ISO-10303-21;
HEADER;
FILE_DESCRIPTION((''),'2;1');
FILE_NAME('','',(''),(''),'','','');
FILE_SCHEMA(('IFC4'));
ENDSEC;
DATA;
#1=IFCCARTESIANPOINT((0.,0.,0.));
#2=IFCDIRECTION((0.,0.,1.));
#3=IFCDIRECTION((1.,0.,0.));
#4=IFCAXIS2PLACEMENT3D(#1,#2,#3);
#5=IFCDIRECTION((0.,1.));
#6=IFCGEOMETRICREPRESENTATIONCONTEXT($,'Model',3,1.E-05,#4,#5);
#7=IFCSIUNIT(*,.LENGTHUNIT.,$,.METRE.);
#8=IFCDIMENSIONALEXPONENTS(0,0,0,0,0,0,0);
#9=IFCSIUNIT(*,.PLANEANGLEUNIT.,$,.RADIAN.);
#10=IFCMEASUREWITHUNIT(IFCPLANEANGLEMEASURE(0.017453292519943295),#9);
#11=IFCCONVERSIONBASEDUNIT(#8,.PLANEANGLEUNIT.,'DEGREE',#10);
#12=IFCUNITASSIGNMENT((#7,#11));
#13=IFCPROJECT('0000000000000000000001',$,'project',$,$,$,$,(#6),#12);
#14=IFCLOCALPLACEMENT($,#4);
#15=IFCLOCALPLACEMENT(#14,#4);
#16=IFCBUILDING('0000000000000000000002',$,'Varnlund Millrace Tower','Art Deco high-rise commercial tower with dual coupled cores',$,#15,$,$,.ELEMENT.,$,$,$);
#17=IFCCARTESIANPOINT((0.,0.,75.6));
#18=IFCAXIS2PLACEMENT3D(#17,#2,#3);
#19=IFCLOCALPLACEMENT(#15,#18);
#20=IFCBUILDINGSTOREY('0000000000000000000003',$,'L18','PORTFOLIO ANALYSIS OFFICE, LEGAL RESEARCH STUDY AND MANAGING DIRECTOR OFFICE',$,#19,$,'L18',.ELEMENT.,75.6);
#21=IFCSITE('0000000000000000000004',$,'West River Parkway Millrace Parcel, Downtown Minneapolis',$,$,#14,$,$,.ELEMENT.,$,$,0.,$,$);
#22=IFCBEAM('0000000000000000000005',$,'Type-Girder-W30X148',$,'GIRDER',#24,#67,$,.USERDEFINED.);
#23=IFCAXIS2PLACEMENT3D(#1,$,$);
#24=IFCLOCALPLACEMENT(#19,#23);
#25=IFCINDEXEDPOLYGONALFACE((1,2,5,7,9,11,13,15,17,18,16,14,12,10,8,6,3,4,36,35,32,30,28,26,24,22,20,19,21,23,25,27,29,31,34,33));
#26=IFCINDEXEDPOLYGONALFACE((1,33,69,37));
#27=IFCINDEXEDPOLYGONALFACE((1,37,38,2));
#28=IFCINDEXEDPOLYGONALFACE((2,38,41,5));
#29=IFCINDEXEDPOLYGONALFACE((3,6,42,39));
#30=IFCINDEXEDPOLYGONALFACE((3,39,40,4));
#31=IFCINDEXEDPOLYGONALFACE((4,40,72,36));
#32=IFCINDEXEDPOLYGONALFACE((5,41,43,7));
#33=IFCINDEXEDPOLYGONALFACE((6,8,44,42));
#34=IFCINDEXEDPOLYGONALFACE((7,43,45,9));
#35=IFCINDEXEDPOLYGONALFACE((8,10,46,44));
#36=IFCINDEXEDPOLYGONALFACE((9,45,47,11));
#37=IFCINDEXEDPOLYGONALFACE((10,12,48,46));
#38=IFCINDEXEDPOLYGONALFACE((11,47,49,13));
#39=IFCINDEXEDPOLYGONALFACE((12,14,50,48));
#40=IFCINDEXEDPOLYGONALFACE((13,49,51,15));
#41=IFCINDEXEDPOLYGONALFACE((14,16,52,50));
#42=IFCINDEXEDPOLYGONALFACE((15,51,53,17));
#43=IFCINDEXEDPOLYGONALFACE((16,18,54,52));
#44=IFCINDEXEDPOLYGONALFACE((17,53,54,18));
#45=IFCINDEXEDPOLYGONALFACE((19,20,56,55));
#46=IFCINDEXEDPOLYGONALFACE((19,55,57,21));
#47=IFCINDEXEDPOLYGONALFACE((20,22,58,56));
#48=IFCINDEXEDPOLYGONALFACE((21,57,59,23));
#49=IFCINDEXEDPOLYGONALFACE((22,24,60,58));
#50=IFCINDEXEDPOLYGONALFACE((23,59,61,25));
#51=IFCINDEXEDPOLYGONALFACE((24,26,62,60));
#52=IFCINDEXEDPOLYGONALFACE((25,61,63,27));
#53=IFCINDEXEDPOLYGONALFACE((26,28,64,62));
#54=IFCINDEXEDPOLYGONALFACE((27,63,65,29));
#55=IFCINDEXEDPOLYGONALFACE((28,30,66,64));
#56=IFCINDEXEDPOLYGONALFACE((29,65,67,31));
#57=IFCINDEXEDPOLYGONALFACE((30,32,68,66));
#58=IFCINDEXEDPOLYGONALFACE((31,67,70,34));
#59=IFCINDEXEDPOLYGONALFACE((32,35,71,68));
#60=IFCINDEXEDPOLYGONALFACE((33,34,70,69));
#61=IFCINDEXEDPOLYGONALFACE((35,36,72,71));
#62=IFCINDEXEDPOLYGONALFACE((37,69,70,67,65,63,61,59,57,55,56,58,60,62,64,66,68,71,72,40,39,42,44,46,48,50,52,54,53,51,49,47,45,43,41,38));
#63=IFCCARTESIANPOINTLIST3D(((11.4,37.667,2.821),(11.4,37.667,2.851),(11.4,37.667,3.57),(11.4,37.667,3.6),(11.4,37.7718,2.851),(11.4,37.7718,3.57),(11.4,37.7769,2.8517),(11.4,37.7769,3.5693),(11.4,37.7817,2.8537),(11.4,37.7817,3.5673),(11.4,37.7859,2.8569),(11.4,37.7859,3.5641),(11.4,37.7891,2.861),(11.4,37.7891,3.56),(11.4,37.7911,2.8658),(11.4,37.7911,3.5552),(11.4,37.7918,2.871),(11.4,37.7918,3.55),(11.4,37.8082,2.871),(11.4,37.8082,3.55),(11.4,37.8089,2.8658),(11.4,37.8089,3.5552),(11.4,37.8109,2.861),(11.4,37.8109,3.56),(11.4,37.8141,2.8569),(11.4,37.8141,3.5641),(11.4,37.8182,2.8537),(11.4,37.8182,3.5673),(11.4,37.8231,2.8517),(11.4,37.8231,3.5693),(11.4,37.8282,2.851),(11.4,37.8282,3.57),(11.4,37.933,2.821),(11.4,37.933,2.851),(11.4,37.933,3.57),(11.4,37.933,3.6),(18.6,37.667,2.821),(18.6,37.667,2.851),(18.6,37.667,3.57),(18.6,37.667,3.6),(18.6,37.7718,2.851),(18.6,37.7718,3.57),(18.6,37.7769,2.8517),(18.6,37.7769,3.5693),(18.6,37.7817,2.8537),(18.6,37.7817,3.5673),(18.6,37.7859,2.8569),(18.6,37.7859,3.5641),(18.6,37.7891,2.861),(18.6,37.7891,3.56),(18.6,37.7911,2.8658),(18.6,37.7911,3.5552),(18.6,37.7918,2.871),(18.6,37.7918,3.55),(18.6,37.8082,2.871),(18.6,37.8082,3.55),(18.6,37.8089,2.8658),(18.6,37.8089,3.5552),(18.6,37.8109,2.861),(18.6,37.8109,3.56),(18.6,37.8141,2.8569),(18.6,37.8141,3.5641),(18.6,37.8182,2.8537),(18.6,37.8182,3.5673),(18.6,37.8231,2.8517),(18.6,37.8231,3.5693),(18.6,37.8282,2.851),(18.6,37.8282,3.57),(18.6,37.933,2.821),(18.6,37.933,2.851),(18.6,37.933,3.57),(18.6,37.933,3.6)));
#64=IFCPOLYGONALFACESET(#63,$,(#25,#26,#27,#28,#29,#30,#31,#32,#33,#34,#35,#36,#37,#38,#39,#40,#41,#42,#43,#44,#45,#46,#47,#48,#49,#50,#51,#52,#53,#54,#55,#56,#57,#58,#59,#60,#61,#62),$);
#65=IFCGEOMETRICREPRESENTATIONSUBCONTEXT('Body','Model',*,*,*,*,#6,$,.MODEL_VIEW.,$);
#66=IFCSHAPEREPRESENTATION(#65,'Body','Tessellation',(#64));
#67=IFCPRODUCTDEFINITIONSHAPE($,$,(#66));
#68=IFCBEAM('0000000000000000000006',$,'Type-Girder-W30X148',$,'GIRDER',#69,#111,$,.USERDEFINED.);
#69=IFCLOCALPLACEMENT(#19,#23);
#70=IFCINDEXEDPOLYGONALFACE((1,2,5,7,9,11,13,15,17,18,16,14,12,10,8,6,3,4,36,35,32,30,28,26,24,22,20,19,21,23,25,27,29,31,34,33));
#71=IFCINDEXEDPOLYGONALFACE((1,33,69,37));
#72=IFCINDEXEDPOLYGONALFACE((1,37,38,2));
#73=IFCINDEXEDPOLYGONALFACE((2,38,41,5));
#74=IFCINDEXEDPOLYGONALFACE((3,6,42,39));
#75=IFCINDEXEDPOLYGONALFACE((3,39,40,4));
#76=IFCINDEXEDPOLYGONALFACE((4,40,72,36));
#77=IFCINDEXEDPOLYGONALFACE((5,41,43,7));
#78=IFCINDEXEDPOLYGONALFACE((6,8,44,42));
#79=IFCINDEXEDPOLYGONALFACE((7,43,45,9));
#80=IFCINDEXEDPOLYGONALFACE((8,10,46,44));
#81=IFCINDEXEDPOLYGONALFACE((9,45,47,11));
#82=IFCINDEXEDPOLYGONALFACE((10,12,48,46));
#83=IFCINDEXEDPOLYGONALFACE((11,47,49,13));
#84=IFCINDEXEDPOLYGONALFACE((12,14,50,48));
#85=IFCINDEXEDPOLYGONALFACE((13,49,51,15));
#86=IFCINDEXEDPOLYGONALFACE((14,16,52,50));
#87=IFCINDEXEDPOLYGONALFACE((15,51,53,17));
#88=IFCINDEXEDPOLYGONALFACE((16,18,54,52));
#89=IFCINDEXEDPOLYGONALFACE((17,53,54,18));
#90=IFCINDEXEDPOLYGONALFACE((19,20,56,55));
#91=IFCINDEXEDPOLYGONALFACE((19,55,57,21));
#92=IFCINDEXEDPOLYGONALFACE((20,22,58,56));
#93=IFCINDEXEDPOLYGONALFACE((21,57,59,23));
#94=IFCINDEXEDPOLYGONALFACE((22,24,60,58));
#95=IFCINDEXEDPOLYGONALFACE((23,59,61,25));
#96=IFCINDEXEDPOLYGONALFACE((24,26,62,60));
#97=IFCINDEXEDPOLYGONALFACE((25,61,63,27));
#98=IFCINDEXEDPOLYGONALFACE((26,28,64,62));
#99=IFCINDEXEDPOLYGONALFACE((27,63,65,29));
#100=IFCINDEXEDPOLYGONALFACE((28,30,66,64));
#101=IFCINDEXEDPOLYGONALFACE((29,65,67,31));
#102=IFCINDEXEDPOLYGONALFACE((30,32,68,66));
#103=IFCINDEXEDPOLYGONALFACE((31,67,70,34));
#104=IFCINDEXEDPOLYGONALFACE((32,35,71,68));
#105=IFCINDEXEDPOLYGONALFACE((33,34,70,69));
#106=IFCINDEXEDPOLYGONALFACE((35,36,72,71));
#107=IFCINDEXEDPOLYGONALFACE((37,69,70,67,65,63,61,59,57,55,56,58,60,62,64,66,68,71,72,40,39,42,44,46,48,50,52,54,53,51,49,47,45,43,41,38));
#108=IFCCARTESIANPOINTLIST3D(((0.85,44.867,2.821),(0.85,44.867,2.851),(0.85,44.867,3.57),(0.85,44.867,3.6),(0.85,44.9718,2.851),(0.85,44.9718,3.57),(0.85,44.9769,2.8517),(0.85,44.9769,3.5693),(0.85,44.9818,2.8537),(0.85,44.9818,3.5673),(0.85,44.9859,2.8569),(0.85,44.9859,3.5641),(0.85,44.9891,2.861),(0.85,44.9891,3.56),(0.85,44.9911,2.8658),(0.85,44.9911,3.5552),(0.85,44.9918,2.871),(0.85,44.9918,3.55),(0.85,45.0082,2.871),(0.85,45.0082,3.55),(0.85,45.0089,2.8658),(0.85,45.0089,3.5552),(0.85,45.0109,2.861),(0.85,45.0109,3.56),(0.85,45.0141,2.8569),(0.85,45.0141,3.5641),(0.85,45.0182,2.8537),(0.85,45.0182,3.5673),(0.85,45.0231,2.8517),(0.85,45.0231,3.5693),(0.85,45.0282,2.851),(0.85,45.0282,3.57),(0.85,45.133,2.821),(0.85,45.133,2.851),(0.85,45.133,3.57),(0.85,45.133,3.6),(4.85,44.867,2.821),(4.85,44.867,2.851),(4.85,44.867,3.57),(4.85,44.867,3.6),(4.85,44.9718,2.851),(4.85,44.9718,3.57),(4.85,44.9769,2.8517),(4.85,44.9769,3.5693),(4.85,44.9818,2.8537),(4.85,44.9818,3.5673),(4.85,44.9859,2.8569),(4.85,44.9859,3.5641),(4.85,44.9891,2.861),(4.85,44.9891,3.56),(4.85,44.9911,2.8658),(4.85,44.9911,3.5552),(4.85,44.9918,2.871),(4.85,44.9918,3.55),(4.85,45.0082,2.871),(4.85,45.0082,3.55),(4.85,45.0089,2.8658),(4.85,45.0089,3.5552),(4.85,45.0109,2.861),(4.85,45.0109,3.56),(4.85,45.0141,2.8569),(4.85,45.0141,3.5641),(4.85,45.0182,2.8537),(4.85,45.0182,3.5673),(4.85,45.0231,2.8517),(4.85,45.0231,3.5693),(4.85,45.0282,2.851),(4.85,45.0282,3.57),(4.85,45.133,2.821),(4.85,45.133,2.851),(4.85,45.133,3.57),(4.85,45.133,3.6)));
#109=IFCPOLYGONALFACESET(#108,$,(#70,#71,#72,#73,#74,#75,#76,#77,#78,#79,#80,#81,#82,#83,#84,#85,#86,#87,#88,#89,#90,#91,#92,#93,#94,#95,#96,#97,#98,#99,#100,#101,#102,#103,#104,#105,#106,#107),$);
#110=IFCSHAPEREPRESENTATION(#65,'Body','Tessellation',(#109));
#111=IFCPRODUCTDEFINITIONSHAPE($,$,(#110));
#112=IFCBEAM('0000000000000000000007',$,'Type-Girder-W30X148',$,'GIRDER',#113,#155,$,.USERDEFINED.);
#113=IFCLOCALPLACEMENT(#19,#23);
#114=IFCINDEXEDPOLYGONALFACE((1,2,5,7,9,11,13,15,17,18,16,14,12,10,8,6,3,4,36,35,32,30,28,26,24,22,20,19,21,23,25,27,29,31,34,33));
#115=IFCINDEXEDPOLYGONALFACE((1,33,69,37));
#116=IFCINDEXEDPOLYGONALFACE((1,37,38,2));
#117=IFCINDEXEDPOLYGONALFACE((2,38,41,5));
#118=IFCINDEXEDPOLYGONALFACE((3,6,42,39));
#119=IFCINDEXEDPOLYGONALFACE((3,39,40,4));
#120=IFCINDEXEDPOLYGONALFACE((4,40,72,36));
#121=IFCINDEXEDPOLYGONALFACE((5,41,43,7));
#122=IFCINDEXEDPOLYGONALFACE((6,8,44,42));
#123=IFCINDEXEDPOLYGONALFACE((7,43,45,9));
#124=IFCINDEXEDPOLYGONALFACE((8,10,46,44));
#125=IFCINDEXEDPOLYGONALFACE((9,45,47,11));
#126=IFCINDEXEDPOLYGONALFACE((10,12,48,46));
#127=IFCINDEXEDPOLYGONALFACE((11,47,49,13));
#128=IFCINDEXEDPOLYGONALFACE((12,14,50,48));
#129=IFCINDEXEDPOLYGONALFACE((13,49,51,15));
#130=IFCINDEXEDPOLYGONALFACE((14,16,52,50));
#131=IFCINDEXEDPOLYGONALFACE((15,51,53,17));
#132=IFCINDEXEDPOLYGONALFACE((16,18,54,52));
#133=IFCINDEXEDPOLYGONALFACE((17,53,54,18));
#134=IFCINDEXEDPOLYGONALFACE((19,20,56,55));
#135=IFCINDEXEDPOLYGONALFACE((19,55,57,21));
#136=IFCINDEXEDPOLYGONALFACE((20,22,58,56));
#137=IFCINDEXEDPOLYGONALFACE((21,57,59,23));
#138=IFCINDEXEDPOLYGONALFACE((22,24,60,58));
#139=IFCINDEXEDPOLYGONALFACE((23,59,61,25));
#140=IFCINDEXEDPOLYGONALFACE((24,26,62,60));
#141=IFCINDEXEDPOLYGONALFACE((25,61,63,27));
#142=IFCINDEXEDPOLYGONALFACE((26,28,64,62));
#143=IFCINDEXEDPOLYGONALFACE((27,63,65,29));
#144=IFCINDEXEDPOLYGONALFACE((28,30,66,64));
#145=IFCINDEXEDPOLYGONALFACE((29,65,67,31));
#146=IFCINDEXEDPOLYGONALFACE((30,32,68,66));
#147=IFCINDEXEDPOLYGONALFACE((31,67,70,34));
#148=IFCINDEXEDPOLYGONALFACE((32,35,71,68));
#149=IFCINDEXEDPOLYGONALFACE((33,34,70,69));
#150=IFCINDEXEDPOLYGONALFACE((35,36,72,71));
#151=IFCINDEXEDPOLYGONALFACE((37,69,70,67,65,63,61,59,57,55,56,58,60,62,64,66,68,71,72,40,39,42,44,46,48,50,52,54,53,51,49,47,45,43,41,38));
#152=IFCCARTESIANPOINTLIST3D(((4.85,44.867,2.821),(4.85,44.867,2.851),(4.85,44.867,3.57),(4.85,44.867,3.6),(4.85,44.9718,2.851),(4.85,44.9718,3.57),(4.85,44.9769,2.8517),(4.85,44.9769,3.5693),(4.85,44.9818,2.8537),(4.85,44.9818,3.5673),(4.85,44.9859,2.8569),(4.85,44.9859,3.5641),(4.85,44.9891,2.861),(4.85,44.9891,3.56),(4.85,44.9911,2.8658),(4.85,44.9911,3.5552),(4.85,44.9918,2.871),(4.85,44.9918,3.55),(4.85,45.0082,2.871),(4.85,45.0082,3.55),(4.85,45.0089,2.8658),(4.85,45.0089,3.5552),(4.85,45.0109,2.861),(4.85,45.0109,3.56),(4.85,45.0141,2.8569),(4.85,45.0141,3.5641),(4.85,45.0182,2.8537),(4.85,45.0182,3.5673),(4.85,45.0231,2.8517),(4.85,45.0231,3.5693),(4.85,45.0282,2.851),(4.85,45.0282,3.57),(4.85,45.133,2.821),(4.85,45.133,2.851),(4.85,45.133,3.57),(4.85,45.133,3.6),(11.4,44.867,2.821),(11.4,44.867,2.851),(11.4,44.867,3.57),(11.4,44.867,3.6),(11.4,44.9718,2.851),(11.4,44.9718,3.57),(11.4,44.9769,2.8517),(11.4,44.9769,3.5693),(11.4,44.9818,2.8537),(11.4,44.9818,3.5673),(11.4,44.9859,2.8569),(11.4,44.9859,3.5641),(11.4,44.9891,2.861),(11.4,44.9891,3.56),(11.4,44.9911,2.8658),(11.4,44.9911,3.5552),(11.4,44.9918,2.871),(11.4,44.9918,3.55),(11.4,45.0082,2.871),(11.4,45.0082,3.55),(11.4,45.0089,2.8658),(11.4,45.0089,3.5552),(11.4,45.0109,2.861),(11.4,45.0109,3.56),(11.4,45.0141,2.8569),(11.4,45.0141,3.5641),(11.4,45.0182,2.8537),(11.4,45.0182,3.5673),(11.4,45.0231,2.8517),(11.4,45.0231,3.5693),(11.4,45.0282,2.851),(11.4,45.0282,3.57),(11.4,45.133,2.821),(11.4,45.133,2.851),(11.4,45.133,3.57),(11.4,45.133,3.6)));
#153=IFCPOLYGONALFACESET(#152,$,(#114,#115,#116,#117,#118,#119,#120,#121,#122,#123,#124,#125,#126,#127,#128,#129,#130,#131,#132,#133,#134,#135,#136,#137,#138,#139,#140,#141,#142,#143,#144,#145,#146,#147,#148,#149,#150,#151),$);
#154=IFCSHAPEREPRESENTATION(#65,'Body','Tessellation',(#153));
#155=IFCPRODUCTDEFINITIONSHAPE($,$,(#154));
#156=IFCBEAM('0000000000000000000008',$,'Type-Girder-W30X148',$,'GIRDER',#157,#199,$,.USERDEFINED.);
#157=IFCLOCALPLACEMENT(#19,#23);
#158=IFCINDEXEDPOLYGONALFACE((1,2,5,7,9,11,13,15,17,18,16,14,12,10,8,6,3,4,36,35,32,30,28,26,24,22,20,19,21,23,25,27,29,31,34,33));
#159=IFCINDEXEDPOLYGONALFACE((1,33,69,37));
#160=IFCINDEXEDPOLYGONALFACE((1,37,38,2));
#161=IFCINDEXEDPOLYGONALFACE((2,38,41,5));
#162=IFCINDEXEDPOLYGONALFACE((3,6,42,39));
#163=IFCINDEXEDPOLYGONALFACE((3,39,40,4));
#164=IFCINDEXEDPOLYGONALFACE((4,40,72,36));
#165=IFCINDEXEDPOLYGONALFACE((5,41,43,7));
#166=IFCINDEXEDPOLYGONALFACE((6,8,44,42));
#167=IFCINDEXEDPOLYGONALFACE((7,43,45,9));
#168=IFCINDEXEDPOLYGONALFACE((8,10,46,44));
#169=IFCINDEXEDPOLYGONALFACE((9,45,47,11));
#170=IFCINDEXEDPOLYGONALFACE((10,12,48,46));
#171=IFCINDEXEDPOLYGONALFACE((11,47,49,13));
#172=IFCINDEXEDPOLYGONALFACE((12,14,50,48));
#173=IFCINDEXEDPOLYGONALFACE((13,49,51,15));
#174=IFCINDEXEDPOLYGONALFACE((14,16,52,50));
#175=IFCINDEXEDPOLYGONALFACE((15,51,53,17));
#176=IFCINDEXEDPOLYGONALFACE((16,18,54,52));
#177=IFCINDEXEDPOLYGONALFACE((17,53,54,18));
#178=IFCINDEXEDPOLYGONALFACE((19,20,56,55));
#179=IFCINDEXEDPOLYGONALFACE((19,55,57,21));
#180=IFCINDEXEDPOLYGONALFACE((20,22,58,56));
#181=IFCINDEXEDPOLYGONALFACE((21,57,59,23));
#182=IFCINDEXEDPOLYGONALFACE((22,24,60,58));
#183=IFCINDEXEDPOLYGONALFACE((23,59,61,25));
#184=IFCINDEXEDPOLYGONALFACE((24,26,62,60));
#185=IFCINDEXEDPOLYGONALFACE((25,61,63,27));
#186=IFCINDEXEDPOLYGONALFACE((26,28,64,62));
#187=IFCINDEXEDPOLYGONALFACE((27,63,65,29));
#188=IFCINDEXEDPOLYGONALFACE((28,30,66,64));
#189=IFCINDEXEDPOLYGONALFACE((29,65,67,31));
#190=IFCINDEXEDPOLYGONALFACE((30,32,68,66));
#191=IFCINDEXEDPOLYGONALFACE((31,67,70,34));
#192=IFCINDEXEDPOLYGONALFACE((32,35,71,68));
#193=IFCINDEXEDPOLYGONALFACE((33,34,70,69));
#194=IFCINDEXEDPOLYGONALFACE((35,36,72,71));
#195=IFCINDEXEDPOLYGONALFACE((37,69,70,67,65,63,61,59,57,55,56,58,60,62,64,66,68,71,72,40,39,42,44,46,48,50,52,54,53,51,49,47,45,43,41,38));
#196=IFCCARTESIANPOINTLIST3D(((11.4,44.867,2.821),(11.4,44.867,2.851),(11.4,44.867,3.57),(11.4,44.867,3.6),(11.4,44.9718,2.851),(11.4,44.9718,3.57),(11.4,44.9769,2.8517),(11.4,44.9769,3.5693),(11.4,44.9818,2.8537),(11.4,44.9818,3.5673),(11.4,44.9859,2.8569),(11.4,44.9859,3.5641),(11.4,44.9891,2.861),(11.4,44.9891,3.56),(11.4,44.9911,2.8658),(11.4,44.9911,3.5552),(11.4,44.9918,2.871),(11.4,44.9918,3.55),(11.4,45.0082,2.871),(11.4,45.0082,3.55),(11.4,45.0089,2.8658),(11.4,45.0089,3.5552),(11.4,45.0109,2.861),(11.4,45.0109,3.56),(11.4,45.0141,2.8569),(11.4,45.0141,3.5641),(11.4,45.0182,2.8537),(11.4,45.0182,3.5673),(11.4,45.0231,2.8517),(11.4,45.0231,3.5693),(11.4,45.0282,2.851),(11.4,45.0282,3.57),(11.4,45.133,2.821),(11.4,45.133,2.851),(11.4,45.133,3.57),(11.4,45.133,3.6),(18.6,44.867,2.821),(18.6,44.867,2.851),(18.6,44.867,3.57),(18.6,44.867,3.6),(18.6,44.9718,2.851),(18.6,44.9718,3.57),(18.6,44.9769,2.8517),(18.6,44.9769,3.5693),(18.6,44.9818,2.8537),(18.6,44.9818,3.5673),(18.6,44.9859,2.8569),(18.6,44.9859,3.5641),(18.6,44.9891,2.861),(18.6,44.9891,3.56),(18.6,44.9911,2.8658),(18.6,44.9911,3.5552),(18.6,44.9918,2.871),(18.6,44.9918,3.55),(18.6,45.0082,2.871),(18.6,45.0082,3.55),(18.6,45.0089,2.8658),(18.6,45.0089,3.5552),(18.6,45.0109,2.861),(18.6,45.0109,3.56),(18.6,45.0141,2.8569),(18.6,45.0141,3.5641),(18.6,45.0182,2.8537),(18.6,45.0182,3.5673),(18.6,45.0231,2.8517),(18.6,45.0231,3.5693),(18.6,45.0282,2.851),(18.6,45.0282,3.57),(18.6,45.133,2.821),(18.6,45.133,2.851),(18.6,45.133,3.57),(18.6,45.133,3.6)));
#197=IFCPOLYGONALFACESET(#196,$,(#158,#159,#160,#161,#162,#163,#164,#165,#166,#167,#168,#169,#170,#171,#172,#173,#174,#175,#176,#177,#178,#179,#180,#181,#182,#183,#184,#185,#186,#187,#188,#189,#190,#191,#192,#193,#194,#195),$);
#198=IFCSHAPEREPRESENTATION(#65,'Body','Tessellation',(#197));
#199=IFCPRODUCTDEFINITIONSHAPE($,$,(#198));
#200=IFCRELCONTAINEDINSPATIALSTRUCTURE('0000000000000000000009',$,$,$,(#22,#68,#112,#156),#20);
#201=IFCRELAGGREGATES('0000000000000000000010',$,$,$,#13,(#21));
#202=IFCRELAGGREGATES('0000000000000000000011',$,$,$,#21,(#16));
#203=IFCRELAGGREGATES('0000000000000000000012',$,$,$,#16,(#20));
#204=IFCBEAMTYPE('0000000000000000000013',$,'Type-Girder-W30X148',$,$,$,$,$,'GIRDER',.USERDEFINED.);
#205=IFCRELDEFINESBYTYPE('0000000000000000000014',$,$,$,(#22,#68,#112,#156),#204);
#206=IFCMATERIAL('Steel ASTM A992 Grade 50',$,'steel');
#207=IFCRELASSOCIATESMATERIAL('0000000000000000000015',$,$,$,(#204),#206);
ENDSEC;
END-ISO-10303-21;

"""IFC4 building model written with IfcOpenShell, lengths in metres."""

from ifc_helpers import new_model, entity, si_unit, converted_unit, direction, frame, origin_with_axes, origin_2d_with_axis, place, context, subcontext, project, spatial, i_section, extrude, material, material_profile, profile_set, type_object, element, save


model = new_model("IFC4")

# Units and contexts
model_context = context("Model", 3, precision=1e-05, world=origin_with_axes(), true_north=direction((0.0, 1.0)))
body_context = subcontext(model_context, "Body", "Model", "MODEL_VIEW")
ifc_project = project(units=[si_unit("LENGTHUNIT", "METRE"), converted_unit("PLANEANGLEUNIT", "DEGREE", entity("IfcPlaneAngleMeasure", 0.017453292519943295), si_unit("PLANEANGLEUNIT", "RADIAN"), dimensions=[0, 0, 0, 0, 0, 0, 0])], contexts=[model_context])

# Site, building, storey
site_placement = place(None, origin_with_axes())
site = spatial("IfcSite", under=ifc_project, at=site_placement, Name="West River Parkway Millrace Parcel, Downtown Minneapolis", CompositionType="ELEMENT", RefElevation=0.0)
building_placement = place(site_placement, origin_with_axes())
building = spatial("IfcBuilding", under=site, at=building_placement, Name="Varnlund Millrace Tower", Description="Art Deco high-rise commercial tower with dual coupled cores", CompositionType="ELEMENT")
storey_placement = place(building_placement, frame((0.0, 0.0, 75.6), z_axis=(0.0, 0.0, 1.0), x_axis=(1.0, 0.0, 0.0)))
storey = spatial("IfcBuildingStorey", under=building, at=storey_placement, Name="L18", Description="PORTFOLIO ANALYSIS OFFICE, LEGAL RESEARCH STUDY AND MANAGING DIRECTOR OFFICE", LongName="L18", CompositionType="ELEMENT", Elevation=75.6)

# Beams
ifc_material_1 = material(Name="Steel ASTM A992 Grade 50", Category="steel")
ifc_material_profile_1 = material_profile(ifc_material_1, i_section(OverallWidth=0.266, OverallDepth=0.779, WebThickness=0.0165, FlangeThickness=0.03, FilletRadius=0.02, at=origin_2d_with_axis()), Name="Steel ASTM A992 Grade 50")
ifc_profile_set_1 = profile_set([ifc_material_profile_1], Name="Steel ASTM A992 Grade 50")
beam_type_1 = type_object("IfcBeamType", Name="Type-Girder-W30X148", ElementType="GIRDER", PredefinedType="USERDEFINED", material=ifc_profile_set_1)
beam_1_placement = place(storey_placement, frame((11.4, 37.8, 3.2105), z_axis=(1.0, 0.0, 0.0), x_axis=(0.0, 1.0, 0.0)))
element("IfcBeam", 1, at=beam_1_placement, inside=storey, type_object=beam_type_1, Name="Type-Girder-W30X148", ObjectType="GIRDER", PredefinedType="USERDEFINED", context=body_context, shape_type="SweptSolid", body=[
    extrude(i_section(OverallWidth=0.266, OverallDepth=0.779, WebThickness=0.0165, FlangeThickness=0.03, FilletRadius=0.02, at=origin_2d_with_axis()), origin_with_axes(), (0.0, 0.0, 1.0), 7.2),
])
beam_2_placement = place(storey_placement, frame((0.85, 45.0, 3.2105), z_axis=(1.0, 0.0, 0.0), x_axis=(0.0, 1.0, 0.0)))
element("IfcBeam", 2, at=beam_2_placement, inside=storey, type_object=beam_type_1, Name="Type-Girder-W30X148", ObjectType="GIRDER", PredefinedType="USERDEFINED", context=body_context, shape_type="SweptSolid", body=[
    extrude(i_section(OverallWidth=0.266, OverallDepth=0.779, WebThickness=0.0165, FlangeThickness=0.03, FilletRadius=0.02, at=origin_2d_with_axis()), origin_with_axes(), (0.0, 0.0, 1.0), 4.0),
])
beam_3_placement = place(storey_placement, frame((4.85, 45.0, 3.2105), z_axis=(1.0, 0.0, 0.0), x_axis=(0.0, 1.0, 0.0)))
element("IfcBeam", 3, at=beam_3_placement, inside=storey, type_object=beam_type_1, Name="Type-Girder-W30X148", ObjectType="GIRDER", PredefinedType="USERDEFINED", context=body_context, shape_type="SweptSolid", body=[
    extrude(i_section(OverallWidth=0.266, OverallDepth=0.779, WebThickness=0.0165, FlangeThickness=0.03, FilletRadius=0.02, at=origin_2d_with_axis()), origin_with_axes(), (0.0, 0.0, 1.0), 6.55),
])
beam_4_placement = place(storey_placement, frame((11.4, 45.0, 3.2105), z_axis=(1.0, 0.0, 0.0), x_axis=(0.0, 1.0, 0.0)))
element("IfcBeam", 4, at=beam_4_placement, inside=storey, type_object=beam_type_1, Name="Type-Girder-W30X148", ObjectType="GIRDER", PredefinedType="USERDEFINED", context=body_context, shape_type="SweptSolid", body=[
    extrude(i_section(OverallWidth=0.266, OverallDepth=0.779, WebThickness=0.0165, FlangeThickness=0.03, FilletRadius=0.02, at=origin_2d_with_axis()), origin_with_axes(), (0.0, 0.0, 1.0), 7.2),
])

save(model, "model.ifc")
